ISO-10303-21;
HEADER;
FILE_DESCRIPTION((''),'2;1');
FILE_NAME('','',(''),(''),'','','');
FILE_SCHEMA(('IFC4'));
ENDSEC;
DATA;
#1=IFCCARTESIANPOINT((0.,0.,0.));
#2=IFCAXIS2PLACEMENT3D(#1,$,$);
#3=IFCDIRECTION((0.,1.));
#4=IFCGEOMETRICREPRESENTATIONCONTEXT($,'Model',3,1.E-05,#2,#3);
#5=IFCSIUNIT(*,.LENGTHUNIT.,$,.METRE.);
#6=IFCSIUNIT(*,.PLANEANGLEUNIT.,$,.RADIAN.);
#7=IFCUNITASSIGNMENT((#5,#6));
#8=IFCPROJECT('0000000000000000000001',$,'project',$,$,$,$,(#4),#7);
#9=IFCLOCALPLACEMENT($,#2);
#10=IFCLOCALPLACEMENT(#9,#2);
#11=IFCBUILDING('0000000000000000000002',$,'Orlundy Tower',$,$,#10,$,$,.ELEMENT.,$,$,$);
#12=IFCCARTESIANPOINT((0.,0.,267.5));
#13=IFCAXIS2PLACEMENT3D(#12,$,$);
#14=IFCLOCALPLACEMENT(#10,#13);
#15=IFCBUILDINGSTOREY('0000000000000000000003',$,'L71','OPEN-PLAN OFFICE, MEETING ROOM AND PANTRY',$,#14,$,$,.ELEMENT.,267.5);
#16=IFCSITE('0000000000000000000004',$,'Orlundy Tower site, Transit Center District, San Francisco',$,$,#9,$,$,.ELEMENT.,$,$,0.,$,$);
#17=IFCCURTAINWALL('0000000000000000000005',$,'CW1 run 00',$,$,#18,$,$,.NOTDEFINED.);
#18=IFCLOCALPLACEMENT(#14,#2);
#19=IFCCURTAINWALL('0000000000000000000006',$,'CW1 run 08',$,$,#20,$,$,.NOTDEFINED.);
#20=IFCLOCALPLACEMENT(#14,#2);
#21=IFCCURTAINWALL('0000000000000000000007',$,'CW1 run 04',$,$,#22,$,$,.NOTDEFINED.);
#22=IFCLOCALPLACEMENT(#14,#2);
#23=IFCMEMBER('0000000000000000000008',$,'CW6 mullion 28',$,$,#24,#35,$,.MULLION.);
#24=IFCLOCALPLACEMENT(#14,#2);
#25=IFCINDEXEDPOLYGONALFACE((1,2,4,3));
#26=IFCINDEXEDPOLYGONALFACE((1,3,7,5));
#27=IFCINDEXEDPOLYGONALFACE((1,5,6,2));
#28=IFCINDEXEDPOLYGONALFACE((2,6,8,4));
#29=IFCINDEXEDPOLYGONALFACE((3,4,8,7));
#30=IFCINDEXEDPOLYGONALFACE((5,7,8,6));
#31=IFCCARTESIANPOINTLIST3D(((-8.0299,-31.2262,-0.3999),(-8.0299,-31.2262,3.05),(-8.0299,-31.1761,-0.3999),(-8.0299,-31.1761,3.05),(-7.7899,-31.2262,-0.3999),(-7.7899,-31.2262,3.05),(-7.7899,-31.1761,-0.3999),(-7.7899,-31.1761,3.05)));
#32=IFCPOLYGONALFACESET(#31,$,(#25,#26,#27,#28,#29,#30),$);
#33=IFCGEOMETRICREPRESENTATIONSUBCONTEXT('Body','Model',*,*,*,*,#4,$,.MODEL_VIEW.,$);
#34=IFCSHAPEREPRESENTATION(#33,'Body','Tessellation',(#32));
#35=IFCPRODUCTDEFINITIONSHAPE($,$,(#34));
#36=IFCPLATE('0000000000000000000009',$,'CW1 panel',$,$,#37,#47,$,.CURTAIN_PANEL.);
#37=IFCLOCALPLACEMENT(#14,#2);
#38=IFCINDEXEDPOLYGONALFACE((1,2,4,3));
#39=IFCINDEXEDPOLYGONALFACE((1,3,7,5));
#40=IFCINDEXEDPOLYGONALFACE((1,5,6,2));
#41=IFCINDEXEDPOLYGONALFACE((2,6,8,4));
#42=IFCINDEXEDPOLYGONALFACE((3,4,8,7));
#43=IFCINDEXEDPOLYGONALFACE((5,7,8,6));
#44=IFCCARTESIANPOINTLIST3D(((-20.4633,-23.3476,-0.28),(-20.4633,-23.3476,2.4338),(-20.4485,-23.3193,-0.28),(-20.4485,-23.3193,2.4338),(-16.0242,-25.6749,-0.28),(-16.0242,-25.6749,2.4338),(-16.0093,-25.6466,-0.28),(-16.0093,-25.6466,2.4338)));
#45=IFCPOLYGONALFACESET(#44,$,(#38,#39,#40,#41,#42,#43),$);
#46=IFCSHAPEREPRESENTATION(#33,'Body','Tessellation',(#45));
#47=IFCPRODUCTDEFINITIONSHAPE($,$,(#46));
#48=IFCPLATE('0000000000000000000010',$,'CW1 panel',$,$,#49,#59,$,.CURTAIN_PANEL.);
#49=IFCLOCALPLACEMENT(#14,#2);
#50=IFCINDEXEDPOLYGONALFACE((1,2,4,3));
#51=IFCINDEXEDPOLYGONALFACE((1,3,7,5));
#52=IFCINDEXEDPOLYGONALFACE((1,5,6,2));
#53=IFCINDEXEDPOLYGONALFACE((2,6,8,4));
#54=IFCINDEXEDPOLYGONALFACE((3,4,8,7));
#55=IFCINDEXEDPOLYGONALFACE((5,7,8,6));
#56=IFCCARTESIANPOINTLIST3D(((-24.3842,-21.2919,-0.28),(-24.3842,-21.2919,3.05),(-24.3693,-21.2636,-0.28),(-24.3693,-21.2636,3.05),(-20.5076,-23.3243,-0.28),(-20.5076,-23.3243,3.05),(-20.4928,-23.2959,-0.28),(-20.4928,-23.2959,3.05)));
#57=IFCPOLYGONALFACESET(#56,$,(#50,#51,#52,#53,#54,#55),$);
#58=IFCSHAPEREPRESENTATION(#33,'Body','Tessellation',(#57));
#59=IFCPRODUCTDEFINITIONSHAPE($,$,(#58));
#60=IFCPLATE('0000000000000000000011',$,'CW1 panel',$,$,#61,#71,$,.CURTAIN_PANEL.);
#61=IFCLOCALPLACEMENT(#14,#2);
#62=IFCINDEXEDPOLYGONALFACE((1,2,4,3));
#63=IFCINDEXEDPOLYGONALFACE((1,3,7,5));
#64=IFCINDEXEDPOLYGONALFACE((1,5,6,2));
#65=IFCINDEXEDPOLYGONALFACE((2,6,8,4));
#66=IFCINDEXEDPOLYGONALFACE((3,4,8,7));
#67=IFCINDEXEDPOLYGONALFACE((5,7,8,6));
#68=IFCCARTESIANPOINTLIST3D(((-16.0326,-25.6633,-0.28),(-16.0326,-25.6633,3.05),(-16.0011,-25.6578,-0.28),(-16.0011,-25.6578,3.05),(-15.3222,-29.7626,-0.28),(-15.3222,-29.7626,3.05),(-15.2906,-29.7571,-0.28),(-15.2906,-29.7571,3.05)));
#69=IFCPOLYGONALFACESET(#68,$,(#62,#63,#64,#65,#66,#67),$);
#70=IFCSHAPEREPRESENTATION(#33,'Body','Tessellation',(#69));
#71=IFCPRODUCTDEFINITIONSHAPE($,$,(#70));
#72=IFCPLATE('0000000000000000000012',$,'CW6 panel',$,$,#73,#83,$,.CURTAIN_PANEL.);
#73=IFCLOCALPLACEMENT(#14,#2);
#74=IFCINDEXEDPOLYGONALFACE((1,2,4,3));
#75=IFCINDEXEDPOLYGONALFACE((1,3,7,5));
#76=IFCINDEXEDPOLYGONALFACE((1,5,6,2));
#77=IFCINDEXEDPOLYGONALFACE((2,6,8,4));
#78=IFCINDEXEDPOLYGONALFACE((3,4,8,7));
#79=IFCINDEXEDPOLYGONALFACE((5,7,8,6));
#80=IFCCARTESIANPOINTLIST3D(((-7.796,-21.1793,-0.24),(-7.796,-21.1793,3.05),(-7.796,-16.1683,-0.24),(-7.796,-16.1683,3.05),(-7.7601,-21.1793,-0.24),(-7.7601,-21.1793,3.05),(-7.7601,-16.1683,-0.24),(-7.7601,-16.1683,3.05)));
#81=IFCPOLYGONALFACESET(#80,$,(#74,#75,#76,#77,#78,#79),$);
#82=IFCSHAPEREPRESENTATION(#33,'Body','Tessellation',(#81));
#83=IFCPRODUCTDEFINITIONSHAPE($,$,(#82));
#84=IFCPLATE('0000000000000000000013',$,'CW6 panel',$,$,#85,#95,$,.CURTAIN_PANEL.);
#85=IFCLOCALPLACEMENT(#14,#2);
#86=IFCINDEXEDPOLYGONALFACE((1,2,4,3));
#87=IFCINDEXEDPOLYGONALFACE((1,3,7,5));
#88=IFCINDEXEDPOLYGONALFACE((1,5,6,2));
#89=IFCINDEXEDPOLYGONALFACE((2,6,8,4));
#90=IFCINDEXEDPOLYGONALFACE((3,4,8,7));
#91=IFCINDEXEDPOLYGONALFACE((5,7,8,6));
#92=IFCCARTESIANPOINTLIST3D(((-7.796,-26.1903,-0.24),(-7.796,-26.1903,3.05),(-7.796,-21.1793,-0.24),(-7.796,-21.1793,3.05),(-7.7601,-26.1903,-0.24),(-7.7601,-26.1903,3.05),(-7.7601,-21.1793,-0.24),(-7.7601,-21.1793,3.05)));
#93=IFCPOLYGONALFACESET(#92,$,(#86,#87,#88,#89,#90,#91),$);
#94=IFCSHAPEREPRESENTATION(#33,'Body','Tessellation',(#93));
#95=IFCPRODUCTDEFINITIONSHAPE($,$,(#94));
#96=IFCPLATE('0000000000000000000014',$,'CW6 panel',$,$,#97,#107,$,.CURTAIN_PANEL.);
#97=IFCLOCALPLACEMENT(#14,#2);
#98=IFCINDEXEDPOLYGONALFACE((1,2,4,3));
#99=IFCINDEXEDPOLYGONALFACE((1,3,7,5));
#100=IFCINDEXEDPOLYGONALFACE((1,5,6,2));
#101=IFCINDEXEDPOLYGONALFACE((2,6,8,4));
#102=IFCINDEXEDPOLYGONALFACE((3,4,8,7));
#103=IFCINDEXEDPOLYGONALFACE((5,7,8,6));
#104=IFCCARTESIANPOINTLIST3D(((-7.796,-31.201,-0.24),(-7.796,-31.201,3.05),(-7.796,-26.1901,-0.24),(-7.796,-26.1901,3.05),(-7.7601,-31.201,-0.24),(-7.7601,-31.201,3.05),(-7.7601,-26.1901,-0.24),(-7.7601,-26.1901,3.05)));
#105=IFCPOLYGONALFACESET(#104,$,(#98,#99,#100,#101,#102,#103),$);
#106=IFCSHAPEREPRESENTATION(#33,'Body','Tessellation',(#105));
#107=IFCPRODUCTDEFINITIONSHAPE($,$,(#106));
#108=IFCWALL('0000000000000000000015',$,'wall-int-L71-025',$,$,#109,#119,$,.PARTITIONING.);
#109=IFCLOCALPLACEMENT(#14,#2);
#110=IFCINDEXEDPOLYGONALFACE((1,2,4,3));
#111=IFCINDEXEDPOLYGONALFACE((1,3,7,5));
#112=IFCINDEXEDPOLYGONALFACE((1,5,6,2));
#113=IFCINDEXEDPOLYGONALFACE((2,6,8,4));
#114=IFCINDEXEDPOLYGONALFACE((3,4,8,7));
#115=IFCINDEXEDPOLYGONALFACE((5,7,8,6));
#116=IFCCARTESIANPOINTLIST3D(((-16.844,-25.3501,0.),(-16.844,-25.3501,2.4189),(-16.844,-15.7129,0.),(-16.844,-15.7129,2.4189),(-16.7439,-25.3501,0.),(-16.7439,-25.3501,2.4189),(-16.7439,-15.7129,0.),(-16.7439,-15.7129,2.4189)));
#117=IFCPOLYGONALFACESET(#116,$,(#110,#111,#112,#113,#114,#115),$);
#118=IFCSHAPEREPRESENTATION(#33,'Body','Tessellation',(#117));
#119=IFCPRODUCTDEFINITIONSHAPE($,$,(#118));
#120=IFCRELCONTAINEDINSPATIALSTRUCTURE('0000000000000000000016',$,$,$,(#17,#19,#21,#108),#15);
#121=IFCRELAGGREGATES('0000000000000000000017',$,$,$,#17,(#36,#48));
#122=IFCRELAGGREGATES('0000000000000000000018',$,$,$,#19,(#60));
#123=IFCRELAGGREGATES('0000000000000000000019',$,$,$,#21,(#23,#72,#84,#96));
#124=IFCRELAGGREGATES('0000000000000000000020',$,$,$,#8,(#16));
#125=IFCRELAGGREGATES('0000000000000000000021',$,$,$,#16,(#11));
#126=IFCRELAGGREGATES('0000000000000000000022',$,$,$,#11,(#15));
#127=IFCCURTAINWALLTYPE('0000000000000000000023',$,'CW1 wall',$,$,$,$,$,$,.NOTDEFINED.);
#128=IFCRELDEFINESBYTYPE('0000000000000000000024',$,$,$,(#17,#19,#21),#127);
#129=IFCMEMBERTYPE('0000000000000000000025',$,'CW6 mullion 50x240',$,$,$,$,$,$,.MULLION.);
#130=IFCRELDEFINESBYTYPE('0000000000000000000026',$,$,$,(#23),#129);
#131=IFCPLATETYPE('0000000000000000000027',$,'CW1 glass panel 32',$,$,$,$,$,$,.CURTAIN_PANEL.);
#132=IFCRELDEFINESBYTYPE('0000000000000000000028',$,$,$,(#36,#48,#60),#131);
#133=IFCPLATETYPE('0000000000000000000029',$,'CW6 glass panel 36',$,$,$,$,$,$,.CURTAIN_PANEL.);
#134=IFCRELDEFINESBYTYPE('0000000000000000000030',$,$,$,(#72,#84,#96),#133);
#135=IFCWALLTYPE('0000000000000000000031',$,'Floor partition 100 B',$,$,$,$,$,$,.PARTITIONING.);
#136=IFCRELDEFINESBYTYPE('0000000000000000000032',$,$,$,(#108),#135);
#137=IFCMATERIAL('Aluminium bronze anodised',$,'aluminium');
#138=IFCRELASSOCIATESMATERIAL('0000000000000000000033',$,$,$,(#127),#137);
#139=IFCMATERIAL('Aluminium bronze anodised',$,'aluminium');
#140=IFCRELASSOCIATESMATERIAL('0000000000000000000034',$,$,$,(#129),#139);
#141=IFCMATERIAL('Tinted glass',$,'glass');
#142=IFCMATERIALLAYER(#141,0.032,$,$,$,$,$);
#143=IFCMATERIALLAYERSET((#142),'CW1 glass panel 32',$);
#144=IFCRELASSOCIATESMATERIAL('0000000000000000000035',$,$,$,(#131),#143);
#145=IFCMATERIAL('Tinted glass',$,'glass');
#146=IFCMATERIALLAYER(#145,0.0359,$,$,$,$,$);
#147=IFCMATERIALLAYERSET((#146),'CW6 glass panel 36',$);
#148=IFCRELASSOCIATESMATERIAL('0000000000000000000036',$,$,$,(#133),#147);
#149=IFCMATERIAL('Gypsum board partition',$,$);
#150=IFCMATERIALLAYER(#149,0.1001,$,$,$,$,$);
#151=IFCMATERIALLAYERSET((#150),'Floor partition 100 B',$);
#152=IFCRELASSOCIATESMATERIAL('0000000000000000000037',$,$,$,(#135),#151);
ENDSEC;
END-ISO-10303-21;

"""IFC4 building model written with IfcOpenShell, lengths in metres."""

from ifc_helpers import new_model, si_unit, direction, frame, frame_2d, origin, origin_2d, place, context, subcontext, project, spatial, rectangle, extrude, material, layer, layer_set, material_profile, profile_set, type_object, element, aggregate, save


model = new_model("IFC4")

# Units and contexts
model_context = context("Model", 3, precision=1e-05, world=origin(), true_north=direction((0.0, 1.0)))
body_context = subcontext(model_context, "Body", "Model", "MODEL_VIEW")
ifc_project = project(units=[si_unit("LENGTHUNIT", "METRE"), si_unit("PLANEANGLEUNIT", "RADIAN")], contexts=[model_context])

# Site, building, storey
site_placement = place(None, origin())
site = spatial("IfcSite", under=ifc_project, at=site_placement, Name="Orlundy Tower site, Transit Center District, San Francisco", CompositionType="ELEMENT", RefElevation=0.0)
building_placement = place(site_placement, origin())
building = spatial("IfcBuilding", under=site, at=building_placement, Name="Orlundy Tower", CompositionType="ELEMENT")
storey_placement = place(building_placement, frame((0.0, 0.0, 267.5)))
storey = spatial("IfcBuildingStorey", under=building, at=storey_placement, Name="L71", Description="OPEN-PLAN OFFICE, MEETING ROOM AND PANTRY", CompositionType="ELEMENT", Elevation=267.5)

# Curtain wall
ifc_material_1 = material(Name="Aluminium bronze anodised", Category="aluminium")
curtain_wall_type = type_object("IfcCurtainWallType", Name="CW1 wall", PredefinedType="NOTDEFINED", material=ifc_material_1)
curtain_wall_1_placement = place(storey_placement, origin())
curtain_wall_1 = element("IfcCurtainWall", 1, at=curtain_wall_1_placement, inside=storey, type_object=curtain_wall_type, Name="CW1 run 00", PredefinedType="NOTDEFINED")

# Curtain wall
curtain_wall_2_placement = place(storey_placement, origin())
curtain_wall_2 = element("IfcCurtainWall", 2, at=curtain_wall_2_placement, inside=storey, type_object=curtain_wall_type, Name="CW1 run 08", PredefinedType="NOTDEFINED")

# Curtain wall, member
curtain_wall_3_placement = place(storey_placement, origin())
curtain_wall_3 = element("IfcCurtainWall", 3, at=curtain_wall_3_placement, inside=storey, type_object=curtain_wall_type, Name="CW1 run 04", PredefinedType="NOTDEFINED")
ifc_material_2 = material(Name="Aluminium bronze anodised", Category="aluminium")
ifc_material_profile_1 = material_profile(ifc_material_2, rectangle(XDim=0.24, YDim=0.05, at=origin_2d()), Name="CW6 mullion 50x240")
ifc_profile_set_1 = profile_set([ifc_material_profile_1], Name="Aluminium bronze anodised")
member_type_1 = type_object("IfcMemberType", Name="CW6 mullion 50x240", PredefinedType="MULLION", material=ifc_profile_set_1)
member_1_placement = place(storey_placement, frame((-7.9099, -31.2012, -0.3999), z_axis=(0.0, 0.0, 1.0), x_axis=(1.0, 0.0, 0.0)))
member_1 = element("IfcMember", 4, at=member_1_placement, type_object=member_type_1, Name="CW6 mullion 28", PredefinedType="MULLION", context=body_context, shape_type="SweptSolid", body=[
    extrude(rectangle(XDim=0.24, YDim=0.05, at=origin_2d()), origin(), (0.0, 0.0, 1.0), 3.45),
])

# Plates
ifc_material_3 = material(Name="Tinted glass", Category="glass")
ifc_layer_1 = layer(ifc_material_3, 0.032)
ifc_layer_set_1 = layer_set([ifc_layer_1], Name="CW1 glass panel 32")
plate_type_1 = type_object("IfcPlateType", Name="CW1 glass panel 32", PredefinedType="CURTAIN_PANEL", material=ifc_layer_set_1)
plate_1_placement = place(storey_placement, frame((-18.2363, -24.4971, -0.28), z_axis=(0.0, 0.0, 1.0), x_axis=(-0.885665, 0.464325, 0.0)))
plate_1 = element("IfcPlate", 5, at=plate_1_placement, type_object=plate_type_1, Name="CW1 panel", PredefinedType="CURTAIN_PANEL", context=body_context, shape_type="SweptSolid", body=[
    extrude(rectangle(XDim=5.0122, YDim=0.032, at=origin_2d()), origin(), (0.0, 0.0, 1.0), 2.7139),
])
plate_2_placement = place(storey_placement, frame((-22.4385, -22.2939, -0.28), z_axis=(0.0, 0.0, 1.0), x_axis=(-0.885665, 0.464325, 0.0)))
plate_2 = element("IfcPlate", 6, at=plate_2_placement, type_object=plate_type_1, Name="CW1 panel", PredefinedType="CURTAIN_PANEL", context=body_context, shape_type="SweptSolid", body=[
    extrude(rectangle(XDim=4.377, YDim=0.032, at=origin_2d()), origin(), (0.0, 0.0, 1.0), 3.3301),
])
aggregate(curtain_wall_1, [plate_1, plate_2])
plate_3_placement = place(storey_placement, frame((-15.6616, -27.7102, -0.28), z_axis=(0.0, 0.0, 1.0), x_axis=(-0.170762, 0.985312, 0.0)))
plate_3 = element("IfcPlate", 7, at=plate_3_placement, type_object=plate_type_1, Name="CW1 panel", PredefinedType="CURTAIN_PANEL", context=body_context, shape_type="SweptSolid", body=[
    extrude(rectangle(XDim=4.1604, YDim=0.032, at=origin_2d()), origin(), (0.0, 0.0, 1.0), 3.3301),
])
aggregate(curtain_wall_2, [plate_3])
ifc_material_4 = material(Name="Tinted glass", Category="glass")
ifc_layer_2 = layer(ifc_material_4, 0.0359)
ifc_layer_set_2 = layer_set([ifc_layer_2], Name="CW6 glass panel 36")
plate_type_2 = type_object("IfcPlateType", Name="CW6 glass panel 36", PredefinedType="CURTAIN_PANEL", material=ifc_layer_set_2)
plate_4_placement = place(storey_placement, frame((-7.7781, -18.6738, -0.24), z_axis=(0.0, 0.0, 1.0), x_axis=(0.0, -1.0, 0.0)))
plate_4 = element("IfcPlate", 8, at=plate_4_placement, type_object=plate_type_2, Name="CW6 panel", PredefinedType="CURTAIN_PANEL", context=body_context, shape_type="SweptSolid", body=[
    extrude(rectangle(XDim=5.011, YDim=0.0359, at=origin_2d()), origin(), (0.0, 0.0, 1.0), 3.29),
])
plate_5_placement = place(storey_placement, frame((-7.7781, -23.6848, -0.24), z_axis=(0.0, 0.0, 1.0), x_axis=(0.0, -1.0, 0.0)))
plate_5 = element("IfcPlate", 9, at=plate_5_placement, type_object=plate_type_2, Name="CW6 panel", PredefinedType="CURTAIN_PANEL", context=body_context, shape_type="SweptSolid", body=[
    extrude(rectangle(XDim=5.011, YDim=0.0359, at=origin_2d()), origin(), (0.0, 0.0, 1.0), 3.29),
])
plate_6_placement = place(storey_placement, frame((-7.7781, -28.6956, -0.24), z_axis=(0.0, 0.0, 1.0), x_axis=(0.0, -1.0, 0.0)))
plate_6 = element("IfcPlate", 10, at=plate_6_placement, type_object=plate_type_2, Name="CW6 panel", PredefinedType="CURTAIN_PANEL", context=body_context, shape_type="SweptSolid", body=[
    extrude(rectangle(XDim=5.011, YDim=0.0359, at=origin_2d()), origin(), (0.0, 0.0, 1.0), 3.29),
])
aggregate(curtain_wall_3, [member_1, plate_4, plate_5, plate_6])

# Wall
ifc_material_5 = material(Name="Gypsum board partition")
ifc_layer_3 = layer(ifc_material_5, 0.1001)
ifc_layer_set_3 = layer_set([ifc_layer_3], Name="Floor partition 100 B")
wall_type = type_object("IfcWallType", Name="Floor partition 100 B", PredefinedType="PARTITIONING", material=ifc_layer_set_3)
wall_placement = place(storey_placement, frame((-16.7939, -25.3501, 0.0), z_axis=(0.0, 0.0, 1.0), x_axis=(0.0, 1.0, 0.0)))
element("IfcWall", 11, at=wall_placement, inside=storey, type_object=wall_type, Name="wall-int-L71-025", PredefinedType="PARTITIONING", context=body_context, shape_type="SweptSolid", body=[
    extrude(rectangle(XDim=9.6372, YDim=0.1001, at=frame_2d((4.8186, 0.0))), origin(), (0.0, 0.0, 1.0), 2.4189),
])

save(model, "model.ifc")
